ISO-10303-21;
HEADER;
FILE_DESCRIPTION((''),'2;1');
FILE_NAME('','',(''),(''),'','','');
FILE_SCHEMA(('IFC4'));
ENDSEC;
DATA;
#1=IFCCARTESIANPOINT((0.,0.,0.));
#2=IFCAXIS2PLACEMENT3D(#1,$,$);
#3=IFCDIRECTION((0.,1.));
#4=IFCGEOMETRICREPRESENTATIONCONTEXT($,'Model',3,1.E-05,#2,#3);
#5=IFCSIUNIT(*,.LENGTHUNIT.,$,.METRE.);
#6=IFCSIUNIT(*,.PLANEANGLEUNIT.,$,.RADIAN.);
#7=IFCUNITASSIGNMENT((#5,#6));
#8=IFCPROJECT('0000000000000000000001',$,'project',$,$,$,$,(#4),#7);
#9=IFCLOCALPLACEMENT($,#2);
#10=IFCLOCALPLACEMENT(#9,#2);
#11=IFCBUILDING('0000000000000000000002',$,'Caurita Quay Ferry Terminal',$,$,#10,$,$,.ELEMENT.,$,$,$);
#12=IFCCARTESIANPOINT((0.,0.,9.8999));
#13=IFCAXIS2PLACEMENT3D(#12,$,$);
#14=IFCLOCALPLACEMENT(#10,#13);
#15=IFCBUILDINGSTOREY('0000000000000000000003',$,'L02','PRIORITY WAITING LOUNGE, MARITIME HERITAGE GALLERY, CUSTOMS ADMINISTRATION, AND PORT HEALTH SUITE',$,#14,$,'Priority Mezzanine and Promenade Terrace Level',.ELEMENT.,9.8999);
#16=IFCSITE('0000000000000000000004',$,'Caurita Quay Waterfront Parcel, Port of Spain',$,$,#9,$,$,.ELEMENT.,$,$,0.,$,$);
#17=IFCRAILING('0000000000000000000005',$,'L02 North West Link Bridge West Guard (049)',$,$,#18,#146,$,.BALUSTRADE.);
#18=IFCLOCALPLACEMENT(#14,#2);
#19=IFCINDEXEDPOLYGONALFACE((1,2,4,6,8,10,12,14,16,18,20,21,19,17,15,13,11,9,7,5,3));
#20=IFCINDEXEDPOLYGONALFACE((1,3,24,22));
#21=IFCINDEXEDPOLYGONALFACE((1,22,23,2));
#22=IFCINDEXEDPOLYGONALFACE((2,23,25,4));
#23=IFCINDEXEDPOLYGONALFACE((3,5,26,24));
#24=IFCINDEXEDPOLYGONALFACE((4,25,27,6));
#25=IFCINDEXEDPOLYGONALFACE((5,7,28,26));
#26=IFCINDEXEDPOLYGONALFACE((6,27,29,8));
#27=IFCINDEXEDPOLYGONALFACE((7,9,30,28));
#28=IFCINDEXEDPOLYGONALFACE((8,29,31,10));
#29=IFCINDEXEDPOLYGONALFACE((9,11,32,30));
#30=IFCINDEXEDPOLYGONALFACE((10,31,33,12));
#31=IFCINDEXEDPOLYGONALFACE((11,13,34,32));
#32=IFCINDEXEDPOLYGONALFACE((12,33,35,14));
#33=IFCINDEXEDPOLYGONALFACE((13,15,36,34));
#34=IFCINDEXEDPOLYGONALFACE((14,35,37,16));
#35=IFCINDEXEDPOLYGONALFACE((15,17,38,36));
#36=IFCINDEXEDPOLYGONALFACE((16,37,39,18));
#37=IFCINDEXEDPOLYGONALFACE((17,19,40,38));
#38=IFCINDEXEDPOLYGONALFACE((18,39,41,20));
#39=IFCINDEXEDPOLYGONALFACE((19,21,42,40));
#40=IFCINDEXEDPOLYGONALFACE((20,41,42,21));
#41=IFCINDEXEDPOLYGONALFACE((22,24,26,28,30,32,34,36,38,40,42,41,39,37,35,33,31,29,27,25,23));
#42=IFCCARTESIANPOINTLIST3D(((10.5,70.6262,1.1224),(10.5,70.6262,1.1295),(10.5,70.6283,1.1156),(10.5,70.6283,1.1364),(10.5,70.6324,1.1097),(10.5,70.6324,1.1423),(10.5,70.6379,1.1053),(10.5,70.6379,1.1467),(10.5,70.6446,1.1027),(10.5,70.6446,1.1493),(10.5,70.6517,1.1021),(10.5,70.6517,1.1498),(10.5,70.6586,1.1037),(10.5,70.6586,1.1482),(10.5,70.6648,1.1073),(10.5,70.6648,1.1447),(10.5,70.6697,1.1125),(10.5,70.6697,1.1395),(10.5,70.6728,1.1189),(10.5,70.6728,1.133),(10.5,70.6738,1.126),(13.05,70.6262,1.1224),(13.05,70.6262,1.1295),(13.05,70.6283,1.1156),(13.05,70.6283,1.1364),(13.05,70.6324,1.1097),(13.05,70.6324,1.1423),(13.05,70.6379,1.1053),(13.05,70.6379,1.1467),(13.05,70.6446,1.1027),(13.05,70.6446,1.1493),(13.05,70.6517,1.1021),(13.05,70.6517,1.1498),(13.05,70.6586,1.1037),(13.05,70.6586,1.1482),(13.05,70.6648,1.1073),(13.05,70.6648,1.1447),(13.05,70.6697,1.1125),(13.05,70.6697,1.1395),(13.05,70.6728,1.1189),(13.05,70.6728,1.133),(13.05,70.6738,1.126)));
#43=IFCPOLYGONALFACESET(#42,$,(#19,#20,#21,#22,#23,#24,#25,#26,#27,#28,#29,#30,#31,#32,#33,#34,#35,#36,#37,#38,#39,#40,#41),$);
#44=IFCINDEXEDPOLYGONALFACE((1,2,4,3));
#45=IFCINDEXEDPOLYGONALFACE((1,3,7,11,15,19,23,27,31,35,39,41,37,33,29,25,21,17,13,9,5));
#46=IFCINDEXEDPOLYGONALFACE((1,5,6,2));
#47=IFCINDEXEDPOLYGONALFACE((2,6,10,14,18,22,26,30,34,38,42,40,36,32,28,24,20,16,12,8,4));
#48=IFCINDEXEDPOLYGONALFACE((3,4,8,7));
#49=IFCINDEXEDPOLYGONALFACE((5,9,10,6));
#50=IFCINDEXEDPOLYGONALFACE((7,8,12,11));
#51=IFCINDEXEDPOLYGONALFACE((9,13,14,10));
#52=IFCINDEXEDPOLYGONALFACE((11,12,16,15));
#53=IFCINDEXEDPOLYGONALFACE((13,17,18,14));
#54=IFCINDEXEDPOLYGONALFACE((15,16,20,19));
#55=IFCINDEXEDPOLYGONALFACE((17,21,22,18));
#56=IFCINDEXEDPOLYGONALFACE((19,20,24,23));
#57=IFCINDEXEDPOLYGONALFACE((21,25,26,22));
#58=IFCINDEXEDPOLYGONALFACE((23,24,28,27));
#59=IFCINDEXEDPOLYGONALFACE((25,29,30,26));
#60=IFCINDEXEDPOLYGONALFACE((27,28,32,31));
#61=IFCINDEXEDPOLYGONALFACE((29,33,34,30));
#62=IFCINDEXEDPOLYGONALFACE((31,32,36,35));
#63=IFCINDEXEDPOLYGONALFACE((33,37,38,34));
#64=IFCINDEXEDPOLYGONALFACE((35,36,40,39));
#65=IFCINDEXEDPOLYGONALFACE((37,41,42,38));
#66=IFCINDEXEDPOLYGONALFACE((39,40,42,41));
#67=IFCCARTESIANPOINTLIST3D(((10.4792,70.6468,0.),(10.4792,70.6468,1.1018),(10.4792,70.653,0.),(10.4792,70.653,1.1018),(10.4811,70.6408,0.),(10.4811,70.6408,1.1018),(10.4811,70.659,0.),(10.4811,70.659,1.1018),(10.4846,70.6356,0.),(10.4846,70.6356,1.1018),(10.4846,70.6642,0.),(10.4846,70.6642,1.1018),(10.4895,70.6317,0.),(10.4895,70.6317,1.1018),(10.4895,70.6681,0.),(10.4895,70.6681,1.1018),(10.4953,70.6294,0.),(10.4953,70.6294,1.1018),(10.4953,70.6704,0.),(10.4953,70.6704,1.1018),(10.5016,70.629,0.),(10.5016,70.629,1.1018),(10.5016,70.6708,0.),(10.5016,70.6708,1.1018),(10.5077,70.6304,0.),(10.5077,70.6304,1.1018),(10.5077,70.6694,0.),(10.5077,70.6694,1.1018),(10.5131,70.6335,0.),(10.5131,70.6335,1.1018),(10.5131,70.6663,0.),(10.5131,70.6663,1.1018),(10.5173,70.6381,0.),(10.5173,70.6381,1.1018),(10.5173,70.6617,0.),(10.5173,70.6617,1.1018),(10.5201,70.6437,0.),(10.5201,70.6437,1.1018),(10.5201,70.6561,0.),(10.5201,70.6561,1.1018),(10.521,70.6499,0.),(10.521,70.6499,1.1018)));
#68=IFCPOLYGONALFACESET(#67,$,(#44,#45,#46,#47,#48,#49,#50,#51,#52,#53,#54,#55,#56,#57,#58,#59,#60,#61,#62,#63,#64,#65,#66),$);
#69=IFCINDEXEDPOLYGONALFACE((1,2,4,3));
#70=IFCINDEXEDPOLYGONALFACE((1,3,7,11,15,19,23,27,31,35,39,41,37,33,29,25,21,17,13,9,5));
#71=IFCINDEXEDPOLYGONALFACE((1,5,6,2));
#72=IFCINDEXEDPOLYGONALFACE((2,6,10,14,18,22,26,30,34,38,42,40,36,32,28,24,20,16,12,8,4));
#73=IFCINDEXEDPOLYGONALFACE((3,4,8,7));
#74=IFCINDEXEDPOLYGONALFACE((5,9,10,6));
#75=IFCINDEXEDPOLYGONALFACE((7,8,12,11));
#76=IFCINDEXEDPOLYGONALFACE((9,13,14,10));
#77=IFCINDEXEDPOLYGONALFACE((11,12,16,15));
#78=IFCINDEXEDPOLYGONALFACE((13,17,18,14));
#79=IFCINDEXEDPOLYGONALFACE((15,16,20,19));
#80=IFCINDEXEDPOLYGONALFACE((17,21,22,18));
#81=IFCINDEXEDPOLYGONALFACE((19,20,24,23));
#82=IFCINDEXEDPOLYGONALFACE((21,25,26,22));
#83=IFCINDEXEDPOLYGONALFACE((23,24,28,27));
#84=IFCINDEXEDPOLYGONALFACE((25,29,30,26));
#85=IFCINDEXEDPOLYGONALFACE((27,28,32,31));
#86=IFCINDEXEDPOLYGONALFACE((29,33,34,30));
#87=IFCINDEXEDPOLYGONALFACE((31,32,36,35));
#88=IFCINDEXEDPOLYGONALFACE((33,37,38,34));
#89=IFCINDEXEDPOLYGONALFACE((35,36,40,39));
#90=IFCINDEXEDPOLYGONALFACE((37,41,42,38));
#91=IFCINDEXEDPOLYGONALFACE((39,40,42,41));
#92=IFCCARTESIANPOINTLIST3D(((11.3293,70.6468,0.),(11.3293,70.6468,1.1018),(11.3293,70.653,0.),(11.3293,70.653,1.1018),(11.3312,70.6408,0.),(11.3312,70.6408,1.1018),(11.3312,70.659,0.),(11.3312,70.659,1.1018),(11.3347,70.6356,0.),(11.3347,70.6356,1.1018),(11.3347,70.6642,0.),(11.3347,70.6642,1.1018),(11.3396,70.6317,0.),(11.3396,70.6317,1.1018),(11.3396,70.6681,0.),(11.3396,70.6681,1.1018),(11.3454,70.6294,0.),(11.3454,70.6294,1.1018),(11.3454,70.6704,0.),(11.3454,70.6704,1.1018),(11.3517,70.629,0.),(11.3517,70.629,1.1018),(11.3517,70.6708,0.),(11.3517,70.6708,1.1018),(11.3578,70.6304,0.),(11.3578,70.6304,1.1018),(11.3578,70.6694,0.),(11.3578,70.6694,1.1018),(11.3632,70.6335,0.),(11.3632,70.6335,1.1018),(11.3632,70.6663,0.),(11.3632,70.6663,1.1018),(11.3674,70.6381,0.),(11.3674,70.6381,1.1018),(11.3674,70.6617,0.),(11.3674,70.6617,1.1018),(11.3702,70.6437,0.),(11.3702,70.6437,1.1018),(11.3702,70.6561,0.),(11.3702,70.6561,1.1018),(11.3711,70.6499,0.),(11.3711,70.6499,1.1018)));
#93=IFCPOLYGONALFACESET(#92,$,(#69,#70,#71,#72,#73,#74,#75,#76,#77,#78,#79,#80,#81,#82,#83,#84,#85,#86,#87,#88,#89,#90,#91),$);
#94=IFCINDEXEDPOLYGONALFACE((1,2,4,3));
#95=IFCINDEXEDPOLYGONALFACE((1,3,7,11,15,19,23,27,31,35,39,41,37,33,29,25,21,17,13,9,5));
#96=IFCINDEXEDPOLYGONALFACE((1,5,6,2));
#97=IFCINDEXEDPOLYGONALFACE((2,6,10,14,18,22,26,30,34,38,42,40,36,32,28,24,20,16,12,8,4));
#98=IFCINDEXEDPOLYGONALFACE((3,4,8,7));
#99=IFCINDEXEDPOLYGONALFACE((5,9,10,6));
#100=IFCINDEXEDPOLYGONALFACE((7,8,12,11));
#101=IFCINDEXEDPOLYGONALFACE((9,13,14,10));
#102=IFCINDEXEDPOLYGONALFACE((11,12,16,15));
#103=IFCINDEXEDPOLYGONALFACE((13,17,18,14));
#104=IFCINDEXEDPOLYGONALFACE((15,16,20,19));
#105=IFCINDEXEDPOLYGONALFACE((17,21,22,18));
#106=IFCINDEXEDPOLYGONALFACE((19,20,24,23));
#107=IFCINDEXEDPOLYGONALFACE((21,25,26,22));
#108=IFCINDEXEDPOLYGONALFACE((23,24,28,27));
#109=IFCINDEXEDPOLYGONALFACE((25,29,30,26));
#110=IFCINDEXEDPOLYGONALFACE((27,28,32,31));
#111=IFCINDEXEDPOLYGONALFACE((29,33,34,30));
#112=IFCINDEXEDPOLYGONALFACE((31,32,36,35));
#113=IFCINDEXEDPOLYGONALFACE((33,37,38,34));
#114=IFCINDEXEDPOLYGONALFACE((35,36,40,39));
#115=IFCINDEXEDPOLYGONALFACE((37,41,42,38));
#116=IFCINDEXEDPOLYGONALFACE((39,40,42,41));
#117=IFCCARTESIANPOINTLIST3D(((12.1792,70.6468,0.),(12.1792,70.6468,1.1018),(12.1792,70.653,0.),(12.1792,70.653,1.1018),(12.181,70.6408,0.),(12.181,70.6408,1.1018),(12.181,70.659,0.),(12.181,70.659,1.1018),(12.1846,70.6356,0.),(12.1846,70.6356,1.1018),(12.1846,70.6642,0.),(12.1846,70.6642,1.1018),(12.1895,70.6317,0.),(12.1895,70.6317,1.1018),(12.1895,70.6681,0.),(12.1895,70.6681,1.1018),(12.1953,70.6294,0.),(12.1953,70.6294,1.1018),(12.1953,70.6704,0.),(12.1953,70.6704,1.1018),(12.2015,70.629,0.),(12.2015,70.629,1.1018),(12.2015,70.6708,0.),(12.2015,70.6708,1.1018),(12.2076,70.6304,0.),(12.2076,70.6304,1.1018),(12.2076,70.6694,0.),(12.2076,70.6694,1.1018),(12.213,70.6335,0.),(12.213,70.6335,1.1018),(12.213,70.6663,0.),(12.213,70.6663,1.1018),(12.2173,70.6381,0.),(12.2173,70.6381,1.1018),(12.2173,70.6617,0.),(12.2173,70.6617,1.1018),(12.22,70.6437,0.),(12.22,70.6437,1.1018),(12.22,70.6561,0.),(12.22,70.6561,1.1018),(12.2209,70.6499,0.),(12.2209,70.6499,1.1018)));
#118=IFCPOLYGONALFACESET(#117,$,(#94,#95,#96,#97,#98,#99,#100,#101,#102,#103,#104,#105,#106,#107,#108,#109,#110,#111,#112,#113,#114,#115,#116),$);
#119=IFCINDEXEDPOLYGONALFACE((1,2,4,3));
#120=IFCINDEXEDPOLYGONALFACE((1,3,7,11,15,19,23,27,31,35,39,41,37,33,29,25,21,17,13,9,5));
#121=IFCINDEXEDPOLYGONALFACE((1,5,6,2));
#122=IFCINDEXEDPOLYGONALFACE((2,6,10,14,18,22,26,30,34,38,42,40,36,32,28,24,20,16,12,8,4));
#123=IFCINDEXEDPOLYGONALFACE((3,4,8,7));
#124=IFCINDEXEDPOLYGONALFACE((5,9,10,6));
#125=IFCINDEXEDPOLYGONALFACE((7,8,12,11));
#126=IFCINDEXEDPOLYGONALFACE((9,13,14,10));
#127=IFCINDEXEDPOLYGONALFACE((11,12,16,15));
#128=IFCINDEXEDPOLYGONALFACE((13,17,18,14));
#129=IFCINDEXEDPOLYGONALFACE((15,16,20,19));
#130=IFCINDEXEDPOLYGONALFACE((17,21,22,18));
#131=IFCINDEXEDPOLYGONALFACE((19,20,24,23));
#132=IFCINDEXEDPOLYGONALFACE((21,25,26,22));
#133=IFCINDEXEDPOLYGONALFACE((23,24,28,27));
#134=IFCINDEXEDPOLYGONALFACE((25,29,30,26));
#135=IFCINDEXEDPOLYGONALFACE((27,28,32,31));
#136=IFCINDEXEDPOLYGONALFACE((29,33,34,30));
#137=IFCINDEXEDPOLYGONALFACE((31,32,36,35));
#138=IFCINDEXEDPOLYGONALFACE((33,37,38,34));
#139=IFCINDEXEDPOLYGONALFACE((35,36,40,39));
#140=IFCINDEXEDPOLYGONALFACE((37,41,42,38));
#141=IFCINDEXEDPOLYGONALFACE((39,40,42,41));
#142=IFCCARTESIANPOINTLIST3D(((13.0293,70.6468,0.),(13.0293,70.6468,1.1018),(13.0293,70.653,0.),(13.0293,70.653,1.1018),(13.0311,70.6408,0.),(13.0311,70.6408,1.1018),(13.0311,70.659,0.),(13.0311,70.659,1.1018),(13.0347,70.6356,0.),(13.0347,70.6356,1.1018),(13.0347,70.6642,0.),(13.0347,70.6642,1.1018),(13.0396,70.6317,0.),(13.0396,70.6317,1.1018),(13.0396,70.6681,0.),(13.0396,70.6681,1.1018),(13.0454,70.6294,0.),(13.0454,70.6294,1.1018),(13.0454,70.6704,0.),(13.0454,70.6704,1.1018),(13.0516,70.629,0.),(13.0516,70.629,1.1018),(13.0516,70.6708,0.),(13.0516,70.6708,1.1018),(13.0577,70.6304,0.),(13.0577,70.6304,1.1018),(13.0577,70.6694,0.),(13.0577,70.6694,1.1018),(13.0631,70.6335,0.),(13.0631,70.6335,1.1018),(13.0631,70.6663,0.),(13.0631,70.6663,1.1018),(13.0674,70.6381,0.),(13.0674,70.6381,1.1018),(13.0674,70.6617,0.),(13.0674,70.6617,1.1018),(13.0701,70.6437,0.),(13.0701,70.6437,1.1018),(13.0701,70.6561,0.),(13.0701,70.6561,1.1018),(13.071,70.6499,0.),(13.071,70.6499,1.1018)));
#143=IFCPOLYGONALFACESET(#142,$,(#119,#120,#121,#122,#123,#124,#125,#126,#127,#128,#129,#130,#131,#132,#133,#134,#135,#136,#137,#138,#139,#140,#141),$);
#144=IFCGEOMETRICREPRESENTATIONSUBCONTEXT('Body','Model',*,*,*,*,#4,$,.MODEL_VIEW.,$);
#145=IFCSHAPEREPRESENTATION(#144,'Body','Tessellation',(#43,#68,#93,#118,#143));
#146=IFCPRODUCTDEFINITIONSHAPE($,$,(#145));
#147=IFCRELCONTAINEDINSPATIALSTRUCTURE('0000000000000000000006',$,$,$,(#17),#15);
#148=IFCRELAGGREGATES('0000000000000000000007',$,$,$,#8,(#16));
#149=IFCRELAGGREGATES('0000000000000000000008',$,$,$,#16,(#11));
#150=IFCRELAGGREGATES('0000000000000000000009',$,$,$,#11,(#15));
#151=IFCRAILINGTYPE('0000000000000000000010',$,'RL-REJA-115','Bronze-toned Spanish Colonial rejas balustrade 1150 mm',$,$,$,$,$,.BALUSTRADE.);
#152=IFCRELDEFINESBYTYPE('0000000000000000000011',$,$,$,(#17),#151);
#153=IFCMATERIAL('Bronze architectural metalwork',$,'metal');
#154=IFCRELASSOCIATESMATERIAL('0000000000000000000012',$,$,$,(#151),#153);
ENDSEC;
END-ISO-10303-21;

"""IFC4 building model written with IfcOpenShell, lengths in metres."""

from ifc_helpers import new_model, si_unit, direction, frame, origin, origin_2d, place, context, subcontext, project, spatial, circle, extrude, material, type_object, element, save


model = new_model("IFC4")

# Units and contexts
model_context = context("Model", 3, precision=1e-05, world=origin(), true_north=direction((0.0, 1.0)))
body_context = subcontext(model_context, "Body", "Model", "MODEL_VIEW")
ifc_project = project(units=[si_unit("LENGTHUNIT", "METRE"), si_unit("PLANEANGLEUNIT", "RADIAN")], contexts=[model_context])

# Site, building, storey
site_placement = place(None, origin())
site = spatial("IfcSite", under=ifc_project, at=site_placement, Name="Caurita Quay Waterfront Parcel, Port of Spain", CompositionType="ELEMENT", RefElevation=0.0)
building_placement = place(site_placement, origin())
building = spatial("IfcBuilding", under=site, at=building_placement, Name="Caurita Quay Ferry Terminal", CompositionType="ELEMENT")
storey_placement = place(building_placement, frame((0.0, 0.0, 9.8999)))
storey = spatial("IfcBuildingStorey", under=building, at=storey_placement, Name="L02", Description="PRIORITY WAITING LOUNGE, MARITIME HERITAGE GALLERY, CUSTOMS ADMINISTRATION, AND PORT HEALTH SUITE", LongName="Priority Mezzanine and Promenade Terrace Level", CompositionType="ELEMENT", Elevation=9.8999)

# Railing
ifc_material_1 = material(Name="Bronze architectural metalwork", Category="metal")
railing_type_1 = type_object("IfcRailingType", Name="RL-REJA-115", Description="Bronze-toned Spanish Colonial rejas balustrade 1150 mm", PredefinedType="BALUSTRADE", material=ifc_material_1)
railing_1_placement = place(storey_placement, frame((10.5, 70.6499, 0.0)))
element("IfcRailing", 1, at=railing_1_placement, inside=storey, type_object=railing_type_1, Name="L02 North West Link Bridge West Guard (049)", PredefinedType="BALUSTRADE", context=body_context, shape_type="SweptSolid", body=[
    extrude(circle(Radius=0.0239, at=origin_2d()), frame((0.0, 0.0, 1.126), z_axis=(1.0, 0.0, 0.0), x_axis=(0.0, 1.0, 0.0)), (0.0, 0.0, 1.0), 2.55),
    extrude(circle(Radius=0.021, at=origin_2d()), origin(), (0.0, 0.0, 1.0), 1.1018),
    extrude(circle(Radius=0.021, at=origin_2d()), frame((0.8501, 0.0, 0.0)), (0.0, 0.0, 1.0), 1.1018),
    extrude(circle(Radius=0.021, at=origin_2d()), frame((1.7, 0.0, 0.0)), (0.0, 0.0, 1.0), 1.1018),
    extrude(circle(Radius=0.021, at=origin_2d()), frame((2.55, 0.0, 0.0)), (0.0, 0.0, 1.0), 1.1018),
])

save(model, "model.ifc")
